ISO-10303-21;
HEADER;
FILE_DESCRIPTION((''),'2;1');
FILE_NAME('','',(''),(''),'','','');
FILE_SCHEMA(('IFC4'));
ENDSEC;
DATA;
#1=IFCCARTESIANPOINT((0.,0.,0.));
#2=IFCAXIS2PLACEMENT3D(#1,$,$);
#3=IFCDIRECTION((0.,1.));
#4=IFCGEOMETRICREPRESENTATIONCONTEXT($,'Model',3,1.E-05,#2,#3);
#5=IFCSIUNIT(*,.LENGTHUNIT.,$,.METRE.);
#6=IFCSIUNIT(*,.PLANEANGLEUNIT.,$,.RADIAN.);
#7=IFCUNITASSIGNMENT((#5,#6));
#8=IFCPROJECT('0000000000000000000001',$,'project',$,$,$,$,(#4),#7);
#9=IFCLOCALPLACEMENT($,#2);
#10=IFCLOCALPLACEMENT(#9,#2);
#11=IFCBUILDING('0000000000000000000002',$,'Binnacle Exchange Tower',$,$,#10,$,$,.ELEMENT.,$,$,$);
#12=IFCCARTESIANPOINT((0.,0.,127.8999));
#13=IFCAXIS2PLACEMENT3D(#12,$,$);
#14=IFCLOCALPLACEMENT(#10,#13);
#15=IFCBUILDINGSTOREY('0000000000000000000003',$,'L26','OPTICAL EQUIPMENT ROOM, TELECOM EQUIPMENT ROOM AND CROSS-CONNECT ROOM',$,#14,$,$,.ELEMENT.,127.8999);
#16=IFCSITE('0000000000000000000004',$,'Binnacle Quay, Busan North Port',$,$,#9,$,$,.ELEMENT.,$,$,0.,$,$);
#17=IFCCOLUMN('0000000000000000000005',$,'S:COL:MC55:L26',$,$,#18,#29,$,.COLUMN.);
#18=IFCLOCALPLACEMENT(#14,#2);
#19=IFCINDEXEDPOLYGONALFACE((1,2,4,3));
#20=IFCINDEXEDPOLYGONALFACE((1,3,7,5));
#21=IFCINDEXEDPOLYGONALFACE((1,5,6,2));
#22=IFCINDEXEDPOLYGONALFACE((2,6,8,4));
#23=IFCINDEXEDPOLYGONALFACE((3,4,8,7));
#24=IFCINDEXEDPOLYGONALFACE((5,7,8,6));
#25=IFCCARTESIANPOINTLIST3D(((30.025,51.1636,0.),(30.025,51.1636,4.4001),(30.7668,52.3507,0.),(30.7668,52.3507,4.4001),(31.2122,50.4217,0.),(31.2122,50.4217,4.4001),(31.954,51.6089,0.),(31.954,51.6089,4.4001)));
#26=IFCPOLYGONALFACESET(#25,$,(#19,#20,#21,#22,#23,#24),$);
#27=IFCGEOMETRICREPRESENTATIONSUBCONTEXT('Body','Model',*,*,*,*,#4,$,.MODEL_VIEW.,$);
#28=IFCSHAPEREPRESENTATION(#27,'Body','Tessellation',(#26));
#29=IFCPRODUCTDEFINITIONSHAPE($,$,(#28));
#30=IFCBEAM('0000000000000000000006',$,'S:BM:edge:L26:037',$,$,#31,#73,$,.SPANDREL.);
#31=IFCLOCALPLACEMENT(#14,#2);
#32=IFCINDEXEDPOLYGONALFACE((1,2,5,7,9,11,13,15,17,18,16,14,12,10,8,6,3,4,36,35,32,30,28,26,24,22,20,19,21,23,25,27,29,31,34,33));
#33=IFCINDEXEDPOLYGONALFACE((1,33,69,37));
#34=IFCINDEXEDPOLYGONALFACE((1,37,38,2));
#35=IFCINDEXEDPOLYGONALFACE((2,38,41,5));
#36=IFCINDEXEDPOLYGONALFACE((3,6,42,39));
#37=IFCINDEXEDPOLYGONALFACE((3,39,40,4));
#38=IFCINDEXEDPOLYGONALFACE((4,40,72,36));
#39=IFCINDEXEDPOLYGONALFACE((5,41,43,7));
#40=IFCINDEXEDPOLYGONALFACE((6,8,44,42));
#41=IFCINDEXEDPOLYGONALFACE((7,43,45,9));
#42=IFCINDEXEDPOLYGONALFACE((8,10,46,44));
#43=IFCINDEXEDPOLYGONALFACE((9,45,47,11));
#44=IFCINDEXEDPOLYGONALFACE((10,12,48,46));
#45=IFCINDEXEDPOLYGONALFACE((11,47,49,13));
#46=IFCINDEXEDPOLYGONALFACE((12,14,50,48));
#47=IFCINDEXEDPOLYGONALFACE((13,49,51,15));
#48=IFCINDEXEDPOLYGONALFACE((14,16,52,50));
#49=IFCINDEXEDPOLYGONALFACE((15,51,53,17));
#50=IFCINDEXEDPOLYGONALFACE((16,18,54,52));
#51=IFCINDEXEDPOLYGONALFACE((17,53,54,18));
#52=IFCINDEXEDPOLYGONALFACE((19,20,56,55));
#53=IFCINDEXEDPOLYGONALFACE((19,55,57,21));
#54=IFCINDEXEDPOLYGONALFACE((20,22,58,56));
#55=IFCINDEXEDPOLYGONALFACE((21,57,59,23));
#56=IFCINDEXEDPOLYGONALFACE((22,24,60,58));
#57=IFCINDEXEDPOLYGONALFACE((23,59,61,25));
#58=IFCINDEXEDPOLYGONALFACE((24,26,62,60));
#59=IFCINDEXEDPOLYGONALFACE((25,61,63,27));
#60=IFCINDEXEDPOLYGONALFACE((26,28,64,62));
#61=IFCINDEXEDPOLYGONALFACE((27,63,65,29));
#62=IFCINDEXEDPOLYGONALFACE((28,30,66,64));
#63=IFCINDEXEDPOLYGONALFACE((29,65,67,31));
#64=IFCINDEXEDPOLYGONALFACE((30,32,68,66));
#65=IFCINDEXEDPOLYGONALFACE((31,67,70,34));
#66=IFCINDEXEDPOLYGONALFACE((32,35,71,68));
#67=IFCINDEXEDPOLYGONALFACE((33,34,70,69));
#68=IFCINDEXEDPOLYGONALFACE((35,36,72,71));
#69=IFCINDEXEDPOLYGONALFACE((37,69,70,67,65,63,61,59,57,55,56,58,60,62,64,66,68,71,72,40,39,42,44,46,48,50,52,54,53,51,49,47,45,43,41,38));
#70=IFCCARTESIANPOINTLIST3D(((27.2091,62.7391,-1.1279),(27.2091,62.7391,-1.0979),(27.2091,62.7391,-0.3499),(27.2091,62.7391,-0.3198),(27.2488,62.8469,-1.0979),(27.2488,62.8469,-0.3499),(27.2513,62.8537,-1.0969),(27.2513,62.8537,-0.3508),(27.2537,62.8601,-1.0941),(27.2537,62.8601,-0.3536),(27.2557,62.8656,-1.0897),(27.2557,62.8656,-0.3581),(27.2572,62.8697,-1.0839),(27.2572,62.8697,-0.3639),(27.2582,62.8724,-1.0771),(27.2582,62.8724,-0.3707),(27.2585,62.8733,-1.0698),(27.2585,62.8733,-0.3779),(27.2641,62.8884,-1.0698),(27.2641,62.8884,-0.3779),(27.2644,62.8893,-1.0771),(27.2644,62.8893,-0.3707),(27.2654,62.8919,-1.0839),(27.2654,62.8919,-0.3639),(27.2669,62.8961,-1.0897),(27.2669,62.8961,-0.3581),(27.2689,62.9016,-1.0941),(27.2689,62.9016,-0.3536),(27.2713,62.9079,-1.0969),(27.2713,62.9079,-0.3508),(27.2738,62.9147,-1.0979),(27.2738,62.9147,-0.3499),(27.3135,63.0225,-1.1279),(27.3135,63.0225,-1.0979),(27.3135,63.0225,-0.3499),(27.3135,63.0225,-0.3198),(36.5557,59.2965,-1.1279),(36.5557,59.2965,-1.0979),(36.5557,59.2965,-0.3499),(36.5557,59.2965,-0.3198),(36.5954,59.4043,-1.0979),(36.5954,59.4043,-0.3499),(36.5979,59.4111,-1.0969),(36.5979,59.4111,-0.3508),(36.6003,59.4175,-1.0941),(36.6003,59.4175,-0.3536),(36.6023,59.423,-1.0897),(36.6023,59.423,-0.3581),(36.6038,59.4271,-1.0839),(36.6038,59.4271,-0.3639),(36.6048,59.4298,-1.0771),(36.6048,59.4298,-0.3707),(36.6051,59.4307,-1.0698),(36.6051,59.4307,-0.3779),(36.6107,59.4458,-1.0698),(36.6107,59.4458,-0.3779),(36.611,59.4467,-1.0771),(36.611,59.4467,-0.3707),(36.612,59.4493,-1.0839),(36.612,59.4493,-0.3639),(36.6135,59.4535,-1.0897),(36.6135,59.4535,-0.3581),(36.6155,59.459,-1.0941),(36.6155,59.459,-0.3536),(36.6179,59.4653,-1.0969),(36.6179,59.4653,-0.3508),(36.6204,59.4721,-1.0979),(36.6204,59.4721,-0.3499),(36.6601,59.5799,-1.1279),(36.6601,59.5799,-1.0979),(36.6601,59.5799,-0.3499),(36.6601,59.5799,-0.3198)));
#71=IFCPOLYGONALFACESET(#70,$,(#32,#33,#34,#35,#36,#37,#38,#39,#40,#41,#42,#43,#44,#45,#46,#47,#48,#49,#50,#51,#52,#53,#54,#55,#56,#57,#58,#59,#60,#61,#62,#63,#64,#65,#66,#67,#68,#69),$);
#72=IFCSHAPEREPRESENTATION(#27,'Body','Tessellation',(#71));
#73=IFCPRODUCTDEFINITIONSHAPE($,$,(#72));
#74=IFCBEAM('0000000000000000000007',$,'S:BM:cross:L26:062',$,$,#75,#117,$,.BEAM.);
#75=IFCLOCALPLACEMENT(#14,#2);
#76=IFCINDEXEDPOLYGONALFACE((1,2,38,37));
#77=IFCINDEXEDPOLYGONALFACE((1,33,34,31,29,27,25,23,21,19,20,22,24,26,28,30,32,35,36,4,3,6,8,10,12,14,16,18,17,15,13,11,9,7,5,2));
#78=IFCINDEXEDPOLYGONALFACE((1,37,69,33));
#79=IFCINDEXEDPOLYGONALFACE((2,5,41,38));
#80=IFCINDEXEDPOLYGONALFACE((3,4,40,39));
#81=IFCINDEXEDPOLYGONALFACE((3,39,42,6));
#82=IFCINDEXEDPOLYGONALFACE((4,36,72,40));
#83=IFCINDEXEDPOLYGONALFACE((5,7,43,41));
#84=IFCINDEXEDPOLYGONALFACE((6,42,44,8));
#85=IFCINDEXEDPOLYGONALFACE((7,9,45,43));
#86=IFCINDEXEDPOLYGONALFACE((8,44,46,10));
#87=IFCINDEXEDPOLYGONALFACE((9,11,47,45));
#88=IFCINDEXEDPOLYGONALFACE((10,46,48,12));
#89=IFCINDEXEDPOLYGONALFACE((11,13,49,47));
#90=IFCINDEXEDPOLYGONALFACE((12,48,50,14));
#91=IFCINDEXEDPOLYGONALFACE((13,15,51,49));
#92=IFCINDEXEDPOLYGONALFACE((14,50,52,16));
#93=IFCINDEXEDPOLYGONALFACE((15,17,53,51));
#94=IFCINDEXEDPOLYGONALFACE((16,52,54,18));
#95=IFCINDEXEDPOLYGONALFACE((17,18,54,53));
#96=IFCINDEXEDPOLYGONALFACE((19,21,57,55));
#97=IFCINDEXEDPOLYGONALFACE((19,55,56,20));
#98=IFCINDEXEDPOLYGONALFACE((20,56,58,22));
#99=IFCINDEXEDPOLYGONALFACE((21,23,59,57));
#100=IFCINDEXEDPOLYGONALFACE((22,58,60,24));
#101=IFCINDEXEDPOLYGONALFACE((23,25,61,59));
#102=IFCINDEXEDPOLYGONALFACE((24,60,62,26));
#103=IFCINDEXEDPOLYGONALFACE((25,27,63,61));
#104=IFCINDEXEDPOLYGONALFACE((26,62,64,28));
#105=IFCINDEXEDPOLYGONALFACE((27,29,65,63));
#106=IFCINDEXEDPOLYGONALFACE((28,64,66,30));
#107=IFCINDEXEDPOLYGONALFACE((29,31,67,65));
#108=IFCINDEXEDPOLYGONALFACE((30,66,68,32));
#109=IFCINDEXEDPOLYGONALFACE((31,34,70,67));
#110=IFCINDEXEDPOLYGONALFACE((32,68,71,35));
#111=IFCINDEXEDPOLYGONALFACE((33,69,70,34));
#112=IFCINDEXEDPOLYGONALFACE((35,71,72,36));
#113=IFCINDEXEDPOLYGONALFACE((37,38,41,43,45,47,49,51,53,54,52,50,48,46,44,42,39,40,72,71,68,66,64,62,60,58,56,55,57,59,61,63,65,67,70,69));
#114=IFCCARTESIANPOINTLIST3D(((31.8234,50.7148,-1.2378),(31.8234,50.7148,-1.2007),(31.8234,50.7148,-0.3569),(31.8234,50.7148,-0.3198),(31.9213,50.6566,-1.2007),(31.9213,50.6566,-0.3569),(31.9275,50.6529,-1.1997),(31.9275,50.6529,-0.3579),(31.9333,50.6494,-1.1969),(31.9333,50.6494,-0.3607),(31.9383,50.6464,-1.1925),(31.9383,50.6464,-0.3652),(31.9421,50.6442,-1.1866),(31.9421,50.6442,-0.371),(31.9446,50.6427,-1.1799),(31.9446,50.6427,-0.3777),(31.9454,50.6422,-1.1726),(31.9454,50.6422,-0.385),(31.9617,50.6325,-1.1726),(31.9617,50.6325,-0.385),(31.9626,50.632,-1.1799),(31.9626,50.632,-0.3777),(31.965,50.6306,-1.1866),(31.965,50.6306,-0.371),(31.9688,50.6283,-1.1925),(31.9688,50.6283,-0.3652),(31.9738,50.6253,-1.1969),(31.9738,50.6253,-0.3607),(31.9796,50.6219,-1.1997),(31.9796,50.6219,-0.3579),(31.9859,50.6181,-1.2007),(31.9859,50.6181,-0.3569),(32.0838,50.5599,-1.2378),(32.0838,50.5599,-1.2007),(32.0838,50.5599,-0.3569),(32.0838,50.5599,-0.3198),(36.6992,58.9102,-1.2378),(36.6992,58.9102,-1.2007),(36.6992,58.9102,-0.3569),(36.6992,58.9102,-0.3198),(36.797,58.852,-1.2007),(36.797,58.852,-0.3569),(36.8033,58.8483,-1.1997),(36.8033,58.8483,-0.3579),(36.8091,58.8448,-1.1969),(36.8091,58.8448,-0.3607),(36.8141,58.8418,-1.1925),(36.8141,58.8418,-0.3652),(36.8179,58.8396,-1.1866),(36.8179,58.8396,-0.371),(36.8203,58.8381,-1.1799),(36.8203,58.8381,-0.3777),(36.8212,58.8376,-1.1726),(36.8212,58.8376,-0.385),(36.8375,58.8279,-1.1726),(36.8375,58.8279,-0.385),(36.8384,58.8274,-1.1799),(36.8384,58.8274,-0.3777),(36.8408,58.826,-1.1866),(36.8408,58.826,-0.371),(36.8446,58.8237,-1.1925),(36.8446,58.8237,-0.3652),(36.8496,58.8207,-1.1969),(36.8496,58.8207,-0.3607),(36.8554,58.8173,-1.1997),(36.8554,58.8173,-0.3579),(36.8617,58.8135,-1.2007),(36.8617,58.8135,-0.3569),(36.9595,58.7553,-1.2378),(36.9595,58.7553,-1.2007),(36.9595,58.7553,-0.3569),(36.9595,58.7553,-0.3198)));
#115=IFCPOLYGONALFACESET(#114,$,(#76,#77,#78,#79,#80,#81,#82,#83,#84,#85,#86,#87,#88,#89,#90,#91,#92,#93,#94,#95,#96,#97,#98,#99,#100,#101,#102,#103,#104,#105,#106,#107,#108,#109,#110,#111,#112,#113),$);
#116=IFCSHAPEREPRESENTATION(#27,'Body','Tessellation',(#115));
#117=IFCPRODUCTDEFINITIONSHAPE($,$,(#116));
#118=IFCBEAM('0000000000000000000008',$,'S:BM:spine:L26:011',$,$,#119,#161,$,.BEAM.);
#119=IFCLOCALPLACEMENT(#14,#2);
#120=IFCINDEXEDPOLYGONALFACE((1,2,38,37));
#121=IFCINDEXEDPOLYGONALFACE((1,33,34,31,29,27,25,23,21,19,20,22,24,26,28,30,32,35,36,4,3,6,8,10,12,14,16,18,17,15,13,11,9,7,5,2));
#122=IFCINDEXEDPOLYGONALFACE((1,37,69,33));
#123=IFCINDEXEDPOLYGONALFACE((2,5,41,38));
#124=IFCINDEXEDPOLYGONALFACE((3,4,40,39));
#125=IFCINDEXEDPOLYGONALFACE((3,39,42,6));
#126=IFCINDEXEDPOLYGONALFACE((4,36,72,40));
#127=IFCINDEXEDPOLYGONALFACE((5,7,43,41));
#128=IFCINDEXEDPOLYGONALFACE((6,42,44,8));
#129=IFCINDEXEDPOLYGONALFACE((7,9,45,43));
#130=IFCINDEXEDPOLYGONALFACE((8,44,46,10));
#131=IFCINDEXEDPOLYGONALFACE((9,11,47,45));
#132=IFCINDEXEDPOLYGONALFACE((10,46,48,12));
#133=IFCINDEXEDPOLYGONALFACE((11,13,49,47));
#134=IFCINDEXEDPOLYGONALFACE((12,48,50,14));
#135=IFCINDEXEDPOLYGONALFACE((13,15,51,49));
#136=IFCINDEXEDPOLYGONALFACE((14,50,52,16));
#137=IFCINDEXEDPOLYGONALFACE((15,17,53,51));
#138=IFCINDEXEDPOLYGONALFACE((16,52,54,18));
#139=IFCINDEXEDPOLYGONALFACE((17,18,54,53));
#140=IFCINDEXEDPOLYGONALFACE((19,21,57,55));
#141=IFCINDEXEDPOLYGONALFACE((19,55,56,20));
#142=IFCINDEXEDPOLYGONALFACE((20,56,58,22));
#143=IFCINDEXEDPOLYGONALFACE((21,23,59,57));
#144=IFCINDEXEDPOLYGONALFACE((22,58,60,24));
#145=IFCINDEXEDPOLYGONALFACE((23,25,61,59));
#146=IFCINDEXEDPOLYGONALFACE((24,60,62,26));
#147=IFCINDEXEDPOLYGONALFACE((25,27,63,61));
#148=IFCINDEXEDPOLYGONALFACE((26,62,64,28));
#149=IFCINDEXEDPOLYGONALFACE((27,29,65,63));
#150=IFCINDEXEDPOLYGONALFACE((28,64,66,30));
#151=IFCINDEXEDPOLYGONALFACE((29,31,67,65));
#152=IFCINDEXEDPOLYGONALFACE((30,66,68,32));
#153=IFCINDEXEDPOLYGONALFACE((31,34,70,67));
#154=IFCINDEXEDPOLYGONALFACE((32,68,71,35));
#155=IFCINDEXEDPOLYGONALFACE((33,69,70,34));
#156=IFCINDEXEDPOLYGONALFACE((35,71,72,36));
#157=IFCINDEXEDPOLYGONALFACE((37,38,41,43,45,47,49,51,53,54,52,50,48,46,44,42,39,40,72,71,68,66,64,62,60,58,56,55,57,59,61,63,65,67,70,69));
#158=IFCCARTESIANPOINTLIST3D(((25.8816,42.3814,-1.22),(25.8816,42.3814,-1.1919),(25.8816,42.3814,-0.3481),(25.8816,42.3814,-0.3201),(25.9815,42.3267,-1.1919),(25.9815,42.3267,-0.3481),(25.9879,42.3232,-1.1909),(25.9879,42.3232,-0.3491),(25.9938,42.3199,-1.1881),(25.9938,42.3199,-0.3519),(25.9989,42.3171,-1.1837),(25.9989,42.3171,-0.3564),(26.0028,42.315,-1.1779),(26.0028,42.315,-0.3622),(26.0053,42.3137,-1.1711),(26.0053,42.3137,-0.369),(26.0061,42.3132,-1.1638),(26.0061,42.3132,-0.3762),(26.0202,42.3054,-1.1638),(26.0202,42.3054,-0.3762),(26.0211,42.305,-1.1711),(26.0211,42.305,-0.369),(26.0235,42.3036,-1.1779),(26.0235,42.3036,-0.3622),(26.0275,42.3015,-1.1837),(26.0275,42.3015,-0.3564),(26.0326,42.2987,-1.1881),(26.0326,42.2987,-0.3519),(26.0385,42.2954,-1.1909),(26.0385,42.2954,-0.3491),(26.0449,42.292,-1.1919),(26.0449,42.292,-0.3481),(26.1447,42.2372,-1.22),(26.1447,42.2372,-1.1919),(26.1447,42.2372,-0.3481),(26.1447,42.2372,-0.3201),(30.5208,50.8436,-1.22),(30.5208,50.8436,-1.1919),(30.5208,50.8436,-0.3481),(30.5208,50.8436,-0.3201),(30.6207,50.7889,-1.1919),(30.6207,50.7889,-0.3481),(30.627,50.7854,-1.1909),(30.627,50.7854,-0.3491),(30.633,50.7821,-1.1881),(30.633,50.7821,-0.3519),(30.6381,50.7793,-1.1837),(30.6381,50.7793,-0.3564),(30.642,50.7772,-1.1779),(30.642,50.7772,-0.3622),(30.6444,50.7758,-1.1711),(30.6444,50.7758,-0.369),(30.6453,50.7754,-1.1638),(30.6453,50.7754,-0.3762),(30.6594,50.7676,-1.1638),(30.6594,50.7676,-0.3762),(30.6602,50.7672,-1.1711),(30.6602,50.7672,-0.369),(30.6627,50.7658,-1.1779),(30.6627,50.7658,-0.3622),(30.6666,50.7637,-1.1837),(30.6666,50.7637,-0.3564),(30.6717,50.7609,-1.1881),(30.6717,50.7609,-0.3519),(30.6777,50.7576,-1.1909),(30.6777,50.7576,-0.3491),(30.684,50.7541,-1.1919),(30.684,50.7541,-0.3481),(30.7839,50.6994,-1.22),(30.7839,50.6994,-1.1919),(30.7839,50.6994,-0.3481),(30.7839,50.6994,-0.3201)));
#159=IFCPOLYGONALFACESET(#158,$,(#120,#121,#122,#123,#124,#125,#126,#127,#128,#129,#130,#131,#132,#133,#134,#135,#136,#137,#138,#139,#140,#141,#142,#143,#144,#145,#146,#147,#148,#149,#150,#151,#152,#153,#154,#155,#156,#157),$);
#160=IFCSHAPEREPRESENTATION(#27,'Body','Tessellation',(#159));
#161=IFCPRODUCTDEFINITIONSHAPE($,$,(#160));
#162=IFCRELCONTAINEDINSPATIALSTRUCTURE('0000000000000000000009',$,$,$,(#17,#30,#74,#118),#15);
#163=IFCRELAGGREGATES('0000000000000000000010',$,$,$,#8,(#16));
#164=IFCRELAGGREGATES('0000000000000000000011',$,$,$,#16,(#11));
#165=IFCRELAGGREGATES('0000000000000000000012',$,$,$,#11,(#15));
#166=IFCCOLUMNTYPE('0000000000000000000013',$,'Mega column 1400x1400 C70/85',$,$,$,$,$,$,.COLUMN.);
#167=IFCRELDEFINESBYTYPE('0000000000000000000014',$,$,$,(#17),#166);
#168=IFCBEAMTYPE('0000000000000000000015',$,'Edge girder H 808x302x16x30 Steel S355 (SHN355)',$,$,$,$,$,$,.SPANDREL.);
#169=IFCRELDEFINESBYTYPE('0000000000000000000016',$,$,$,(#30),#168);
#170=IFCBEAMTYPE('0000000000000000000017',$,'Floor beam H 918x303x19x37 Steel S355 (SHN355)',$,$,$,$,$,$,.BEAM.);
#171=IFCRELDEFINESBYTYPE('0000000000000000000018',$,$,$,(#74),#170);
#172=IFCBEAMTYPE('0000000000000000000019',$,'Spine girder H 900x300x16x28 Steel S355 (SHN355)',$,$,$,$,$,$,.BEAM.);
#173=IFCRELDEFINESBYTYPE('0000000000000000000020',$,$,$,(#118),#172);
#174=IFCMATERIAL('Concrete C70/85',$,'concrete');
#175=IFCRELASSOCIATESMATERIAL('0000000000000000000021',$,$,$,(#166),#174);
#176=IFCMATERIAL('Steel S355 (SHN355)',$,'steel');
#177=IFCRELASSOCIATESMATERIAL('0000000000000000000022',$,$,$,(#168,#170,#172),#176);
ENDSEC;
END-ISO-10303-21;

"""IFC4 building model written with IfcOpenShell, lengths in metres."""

from ifc_helpers import new_model, si_unit, direction, frame, origin, origin_2d, place, context, subcontext, project, spatial, rectangle, i_section, extrude, material, material_profile, profile_set, type_object, element, save


model = new_model("IFC4")

# Units and contexts
model_context = context("Model", 3, precision=1e-05, world=origin(), true_north=direction((0.0, 1.0)))
body_context = subcontext(model_context, "Body", "Model", "MODEL_VIEW")
ifc_project = project(units=[si_unit("LENGTHUNIT", "METRE"), si_unit("PLANEANGLEUNIT", "RADIAN")], contexts=[model_context])

# Site, building, storey
site_placement = place(None, origin())
site = spatial("IfcSite", under=ifc_project, at=site_placement, Name="Binnacle Quay, Busan North Port", CompositionType="ELEMENT", RefElevation=0.0)
building_placement = place(site_placement, origin())
building = spatial("IfcBuilding", under=site, at=building_placement, Name="Binnacle Exchange Tower", CompositionType="ELEMENT")
storey_placement = place(building_placement, frame((0.0, 0.0, 127.8999)))
storey = spatial("IfcBuildingStorey", under=building, at=storey_placement, Name="L26", Description="OPTICAL EQUIPMENT ROOM, TELECOM EQUIPMENT ROOM AND CROSS-CONNECT ROOM", CompositionType="ELEMENT", Elevation=127.8999)

# Column
ifc_material_1 = material(Name="Concrete C70/85", Category="concrete")
ifc_material_profile_1 = material_profile(ifc_material_1, rectangle(XDim=1.3999, YDim=1.3999, at=origin_2d()), Name="Mega column 1400x1400 C70/85")
ifc_profile_set_1 = profile_set([ifc_material_profile_1], Name="Concrete C70/85")
column_type = type_object("IfcColumnType", Name="Mega column 1400x1400 C70/85", PredefinedType="COLUMN", material=ifc_profile_set_1)
column_placement = place(storey_placement, frame((30.9895, 51.3862, 0.0), z_axis=(0.0, 0.0, 1.0), x_axis=(0.529919, 0.848048, 0.0)))
element("IfcColumn", 1, at=column_placement, inside=storey, type_object=column_type, Name="S:COL:MC55:L26", PredefinedType="COLUMN", context=body_context, shape_type="SweptSolid", body=[
    extrude(rectangle(XDim=1.3999, YDim=1.3999, at=origin_2d()), origin(), (0.0, 0.0, 1.0), 4.4001),
])

# Beams
ifc_material_2 = material(Name="Steel S355 (SHN355)", Category="steel")
ifc_material_profile_2 = material_profile(ifc_material_2, i_section(OverallWidth=0.302, OverallDepth=0.8081, WebThickness=0.0161, FlangeThickness=0.03, FilletRadius=0.0281, at=origin_2d()), Name="H 808x302x16x30")
ifc_profile_set_2 = profile_set([ifc_material_profile_2], Name="Steel S355 (SHN355)")
beam_type_1 = type_object("IfcBeamType", Name="Edge girder H 808x302x16x30 Steel S355 (SHN355)", PredefinedType="SPANDREL", material=ifc_profile_set_2)
beam_1_placement = place(storey_placement, frame((36.6079, 59.4382, -0.7239), z_axis=(-0.938372, 0.345627, 0.0), x_axis=(-0.345627, -0.938372, 0.0)))
element("IfcBeam", 2, at=beam_1_placement, inside=storey, type_object=beam_type_1, Name="S:BM:edge:L26:037", PredefinedType="SPANDREL", context=body_context, shape_type="SweptSolid", body=[
    extrude(i_section(OverallWidth=0.302, OverallDepth=0.8081, WebThickness=0.0161, FlangeThickness=0.03, FilletRadius=0.0281, at=origin_2d()), origin(), (0.0, 0.0, 1.0), 9.9604),
])
ifc_material_profile_3 = material_profile(ifc_material_2, i_section(OverallWidth=0.303, OverallDepth=0.918, WebThickness=0.019, FlangeThickness=0.0371, FilletRadius=0.0281, at=origin_2d()), Name="H 918x303x19x37")
ifc_profile_set_3 = profile_set([ifc_material_profile_3], Name="Steel S355 (SHN355)")
beam_type_2 = type_object("IfcBeamType", Name="Floor beam H 918x303x19x37 Steel S355 (SHN355)", PredefinedType="BEAM", material=ifc_profile_set_3)
beam_2_placement = place(storey_placement, frame((36.8293, 58.8328, -0.7788), z_axis=(-0.511296, -0.859405, 0.0), x_axis=(0.859405, -0.511296, 0.0)))
element("IfcBeam", 3, at=beam_2_placement, inside=storey, type_object=beam_type_2, Name="S:BM:cross:L26:062", PredefinedType="BEAM", context=body_context, shape_type="SweptSolid", body=[
    extrude(i_section(OverallWidth=0.303, OverallDepth=0.918, WebThickness=0.019, FlangeThickness=0.0371, FilletRadius=0.0281, at=origin_2d()), origin(), (0.0, 0.0, 1.0), 9.5361),
])
ifc_material_profile_4 = material_profile(ifc_material_2, i_section(OverallWidth=0.3, OverallDepth=0.8999, WebThickness=0.0161, FlangeThickness=0.0281, FilletRadius=0.0281, at=origin_2d()), Name="H 900x300x16x28")
ifc_profile_set_4 = profile_set([ifc_material_profile_4], Name="Steel S355 (SHN355)")
beam_type_3 = type_object("IfcBeamType", Name="Spine girder H 900x300x16x28 Steel S355 (SHN355)", PredefinedType="BEAM", material=ifc_profile_set_4)
beam_3_placement = place(storey_placement, frame((30.6523, 50.7715, -0.77), z_axis=(-0.480723, -0.876873, 0.0), x_axis=(0.876873, -0.480723, 0.0)))
element("IfcBeam", 4, at=beam_3_placement, inside=storey, type_object=beam_type_3, Name="S:BM:spine:L26:011", PredefinedType="BEAM", context=body_context, shape_type="SweptSolid", body=[
    extrude(i_section(OverallWidth=0.3, OverallDepth=0.8999, WebThickness=0.0161, FlangeThickness=0.0281, FilletRadius=0.0281, at=origin_2d()), origin(), (0.0, 0.0, 1.0), 9.6504),
])

save(model, "model.ifc")
